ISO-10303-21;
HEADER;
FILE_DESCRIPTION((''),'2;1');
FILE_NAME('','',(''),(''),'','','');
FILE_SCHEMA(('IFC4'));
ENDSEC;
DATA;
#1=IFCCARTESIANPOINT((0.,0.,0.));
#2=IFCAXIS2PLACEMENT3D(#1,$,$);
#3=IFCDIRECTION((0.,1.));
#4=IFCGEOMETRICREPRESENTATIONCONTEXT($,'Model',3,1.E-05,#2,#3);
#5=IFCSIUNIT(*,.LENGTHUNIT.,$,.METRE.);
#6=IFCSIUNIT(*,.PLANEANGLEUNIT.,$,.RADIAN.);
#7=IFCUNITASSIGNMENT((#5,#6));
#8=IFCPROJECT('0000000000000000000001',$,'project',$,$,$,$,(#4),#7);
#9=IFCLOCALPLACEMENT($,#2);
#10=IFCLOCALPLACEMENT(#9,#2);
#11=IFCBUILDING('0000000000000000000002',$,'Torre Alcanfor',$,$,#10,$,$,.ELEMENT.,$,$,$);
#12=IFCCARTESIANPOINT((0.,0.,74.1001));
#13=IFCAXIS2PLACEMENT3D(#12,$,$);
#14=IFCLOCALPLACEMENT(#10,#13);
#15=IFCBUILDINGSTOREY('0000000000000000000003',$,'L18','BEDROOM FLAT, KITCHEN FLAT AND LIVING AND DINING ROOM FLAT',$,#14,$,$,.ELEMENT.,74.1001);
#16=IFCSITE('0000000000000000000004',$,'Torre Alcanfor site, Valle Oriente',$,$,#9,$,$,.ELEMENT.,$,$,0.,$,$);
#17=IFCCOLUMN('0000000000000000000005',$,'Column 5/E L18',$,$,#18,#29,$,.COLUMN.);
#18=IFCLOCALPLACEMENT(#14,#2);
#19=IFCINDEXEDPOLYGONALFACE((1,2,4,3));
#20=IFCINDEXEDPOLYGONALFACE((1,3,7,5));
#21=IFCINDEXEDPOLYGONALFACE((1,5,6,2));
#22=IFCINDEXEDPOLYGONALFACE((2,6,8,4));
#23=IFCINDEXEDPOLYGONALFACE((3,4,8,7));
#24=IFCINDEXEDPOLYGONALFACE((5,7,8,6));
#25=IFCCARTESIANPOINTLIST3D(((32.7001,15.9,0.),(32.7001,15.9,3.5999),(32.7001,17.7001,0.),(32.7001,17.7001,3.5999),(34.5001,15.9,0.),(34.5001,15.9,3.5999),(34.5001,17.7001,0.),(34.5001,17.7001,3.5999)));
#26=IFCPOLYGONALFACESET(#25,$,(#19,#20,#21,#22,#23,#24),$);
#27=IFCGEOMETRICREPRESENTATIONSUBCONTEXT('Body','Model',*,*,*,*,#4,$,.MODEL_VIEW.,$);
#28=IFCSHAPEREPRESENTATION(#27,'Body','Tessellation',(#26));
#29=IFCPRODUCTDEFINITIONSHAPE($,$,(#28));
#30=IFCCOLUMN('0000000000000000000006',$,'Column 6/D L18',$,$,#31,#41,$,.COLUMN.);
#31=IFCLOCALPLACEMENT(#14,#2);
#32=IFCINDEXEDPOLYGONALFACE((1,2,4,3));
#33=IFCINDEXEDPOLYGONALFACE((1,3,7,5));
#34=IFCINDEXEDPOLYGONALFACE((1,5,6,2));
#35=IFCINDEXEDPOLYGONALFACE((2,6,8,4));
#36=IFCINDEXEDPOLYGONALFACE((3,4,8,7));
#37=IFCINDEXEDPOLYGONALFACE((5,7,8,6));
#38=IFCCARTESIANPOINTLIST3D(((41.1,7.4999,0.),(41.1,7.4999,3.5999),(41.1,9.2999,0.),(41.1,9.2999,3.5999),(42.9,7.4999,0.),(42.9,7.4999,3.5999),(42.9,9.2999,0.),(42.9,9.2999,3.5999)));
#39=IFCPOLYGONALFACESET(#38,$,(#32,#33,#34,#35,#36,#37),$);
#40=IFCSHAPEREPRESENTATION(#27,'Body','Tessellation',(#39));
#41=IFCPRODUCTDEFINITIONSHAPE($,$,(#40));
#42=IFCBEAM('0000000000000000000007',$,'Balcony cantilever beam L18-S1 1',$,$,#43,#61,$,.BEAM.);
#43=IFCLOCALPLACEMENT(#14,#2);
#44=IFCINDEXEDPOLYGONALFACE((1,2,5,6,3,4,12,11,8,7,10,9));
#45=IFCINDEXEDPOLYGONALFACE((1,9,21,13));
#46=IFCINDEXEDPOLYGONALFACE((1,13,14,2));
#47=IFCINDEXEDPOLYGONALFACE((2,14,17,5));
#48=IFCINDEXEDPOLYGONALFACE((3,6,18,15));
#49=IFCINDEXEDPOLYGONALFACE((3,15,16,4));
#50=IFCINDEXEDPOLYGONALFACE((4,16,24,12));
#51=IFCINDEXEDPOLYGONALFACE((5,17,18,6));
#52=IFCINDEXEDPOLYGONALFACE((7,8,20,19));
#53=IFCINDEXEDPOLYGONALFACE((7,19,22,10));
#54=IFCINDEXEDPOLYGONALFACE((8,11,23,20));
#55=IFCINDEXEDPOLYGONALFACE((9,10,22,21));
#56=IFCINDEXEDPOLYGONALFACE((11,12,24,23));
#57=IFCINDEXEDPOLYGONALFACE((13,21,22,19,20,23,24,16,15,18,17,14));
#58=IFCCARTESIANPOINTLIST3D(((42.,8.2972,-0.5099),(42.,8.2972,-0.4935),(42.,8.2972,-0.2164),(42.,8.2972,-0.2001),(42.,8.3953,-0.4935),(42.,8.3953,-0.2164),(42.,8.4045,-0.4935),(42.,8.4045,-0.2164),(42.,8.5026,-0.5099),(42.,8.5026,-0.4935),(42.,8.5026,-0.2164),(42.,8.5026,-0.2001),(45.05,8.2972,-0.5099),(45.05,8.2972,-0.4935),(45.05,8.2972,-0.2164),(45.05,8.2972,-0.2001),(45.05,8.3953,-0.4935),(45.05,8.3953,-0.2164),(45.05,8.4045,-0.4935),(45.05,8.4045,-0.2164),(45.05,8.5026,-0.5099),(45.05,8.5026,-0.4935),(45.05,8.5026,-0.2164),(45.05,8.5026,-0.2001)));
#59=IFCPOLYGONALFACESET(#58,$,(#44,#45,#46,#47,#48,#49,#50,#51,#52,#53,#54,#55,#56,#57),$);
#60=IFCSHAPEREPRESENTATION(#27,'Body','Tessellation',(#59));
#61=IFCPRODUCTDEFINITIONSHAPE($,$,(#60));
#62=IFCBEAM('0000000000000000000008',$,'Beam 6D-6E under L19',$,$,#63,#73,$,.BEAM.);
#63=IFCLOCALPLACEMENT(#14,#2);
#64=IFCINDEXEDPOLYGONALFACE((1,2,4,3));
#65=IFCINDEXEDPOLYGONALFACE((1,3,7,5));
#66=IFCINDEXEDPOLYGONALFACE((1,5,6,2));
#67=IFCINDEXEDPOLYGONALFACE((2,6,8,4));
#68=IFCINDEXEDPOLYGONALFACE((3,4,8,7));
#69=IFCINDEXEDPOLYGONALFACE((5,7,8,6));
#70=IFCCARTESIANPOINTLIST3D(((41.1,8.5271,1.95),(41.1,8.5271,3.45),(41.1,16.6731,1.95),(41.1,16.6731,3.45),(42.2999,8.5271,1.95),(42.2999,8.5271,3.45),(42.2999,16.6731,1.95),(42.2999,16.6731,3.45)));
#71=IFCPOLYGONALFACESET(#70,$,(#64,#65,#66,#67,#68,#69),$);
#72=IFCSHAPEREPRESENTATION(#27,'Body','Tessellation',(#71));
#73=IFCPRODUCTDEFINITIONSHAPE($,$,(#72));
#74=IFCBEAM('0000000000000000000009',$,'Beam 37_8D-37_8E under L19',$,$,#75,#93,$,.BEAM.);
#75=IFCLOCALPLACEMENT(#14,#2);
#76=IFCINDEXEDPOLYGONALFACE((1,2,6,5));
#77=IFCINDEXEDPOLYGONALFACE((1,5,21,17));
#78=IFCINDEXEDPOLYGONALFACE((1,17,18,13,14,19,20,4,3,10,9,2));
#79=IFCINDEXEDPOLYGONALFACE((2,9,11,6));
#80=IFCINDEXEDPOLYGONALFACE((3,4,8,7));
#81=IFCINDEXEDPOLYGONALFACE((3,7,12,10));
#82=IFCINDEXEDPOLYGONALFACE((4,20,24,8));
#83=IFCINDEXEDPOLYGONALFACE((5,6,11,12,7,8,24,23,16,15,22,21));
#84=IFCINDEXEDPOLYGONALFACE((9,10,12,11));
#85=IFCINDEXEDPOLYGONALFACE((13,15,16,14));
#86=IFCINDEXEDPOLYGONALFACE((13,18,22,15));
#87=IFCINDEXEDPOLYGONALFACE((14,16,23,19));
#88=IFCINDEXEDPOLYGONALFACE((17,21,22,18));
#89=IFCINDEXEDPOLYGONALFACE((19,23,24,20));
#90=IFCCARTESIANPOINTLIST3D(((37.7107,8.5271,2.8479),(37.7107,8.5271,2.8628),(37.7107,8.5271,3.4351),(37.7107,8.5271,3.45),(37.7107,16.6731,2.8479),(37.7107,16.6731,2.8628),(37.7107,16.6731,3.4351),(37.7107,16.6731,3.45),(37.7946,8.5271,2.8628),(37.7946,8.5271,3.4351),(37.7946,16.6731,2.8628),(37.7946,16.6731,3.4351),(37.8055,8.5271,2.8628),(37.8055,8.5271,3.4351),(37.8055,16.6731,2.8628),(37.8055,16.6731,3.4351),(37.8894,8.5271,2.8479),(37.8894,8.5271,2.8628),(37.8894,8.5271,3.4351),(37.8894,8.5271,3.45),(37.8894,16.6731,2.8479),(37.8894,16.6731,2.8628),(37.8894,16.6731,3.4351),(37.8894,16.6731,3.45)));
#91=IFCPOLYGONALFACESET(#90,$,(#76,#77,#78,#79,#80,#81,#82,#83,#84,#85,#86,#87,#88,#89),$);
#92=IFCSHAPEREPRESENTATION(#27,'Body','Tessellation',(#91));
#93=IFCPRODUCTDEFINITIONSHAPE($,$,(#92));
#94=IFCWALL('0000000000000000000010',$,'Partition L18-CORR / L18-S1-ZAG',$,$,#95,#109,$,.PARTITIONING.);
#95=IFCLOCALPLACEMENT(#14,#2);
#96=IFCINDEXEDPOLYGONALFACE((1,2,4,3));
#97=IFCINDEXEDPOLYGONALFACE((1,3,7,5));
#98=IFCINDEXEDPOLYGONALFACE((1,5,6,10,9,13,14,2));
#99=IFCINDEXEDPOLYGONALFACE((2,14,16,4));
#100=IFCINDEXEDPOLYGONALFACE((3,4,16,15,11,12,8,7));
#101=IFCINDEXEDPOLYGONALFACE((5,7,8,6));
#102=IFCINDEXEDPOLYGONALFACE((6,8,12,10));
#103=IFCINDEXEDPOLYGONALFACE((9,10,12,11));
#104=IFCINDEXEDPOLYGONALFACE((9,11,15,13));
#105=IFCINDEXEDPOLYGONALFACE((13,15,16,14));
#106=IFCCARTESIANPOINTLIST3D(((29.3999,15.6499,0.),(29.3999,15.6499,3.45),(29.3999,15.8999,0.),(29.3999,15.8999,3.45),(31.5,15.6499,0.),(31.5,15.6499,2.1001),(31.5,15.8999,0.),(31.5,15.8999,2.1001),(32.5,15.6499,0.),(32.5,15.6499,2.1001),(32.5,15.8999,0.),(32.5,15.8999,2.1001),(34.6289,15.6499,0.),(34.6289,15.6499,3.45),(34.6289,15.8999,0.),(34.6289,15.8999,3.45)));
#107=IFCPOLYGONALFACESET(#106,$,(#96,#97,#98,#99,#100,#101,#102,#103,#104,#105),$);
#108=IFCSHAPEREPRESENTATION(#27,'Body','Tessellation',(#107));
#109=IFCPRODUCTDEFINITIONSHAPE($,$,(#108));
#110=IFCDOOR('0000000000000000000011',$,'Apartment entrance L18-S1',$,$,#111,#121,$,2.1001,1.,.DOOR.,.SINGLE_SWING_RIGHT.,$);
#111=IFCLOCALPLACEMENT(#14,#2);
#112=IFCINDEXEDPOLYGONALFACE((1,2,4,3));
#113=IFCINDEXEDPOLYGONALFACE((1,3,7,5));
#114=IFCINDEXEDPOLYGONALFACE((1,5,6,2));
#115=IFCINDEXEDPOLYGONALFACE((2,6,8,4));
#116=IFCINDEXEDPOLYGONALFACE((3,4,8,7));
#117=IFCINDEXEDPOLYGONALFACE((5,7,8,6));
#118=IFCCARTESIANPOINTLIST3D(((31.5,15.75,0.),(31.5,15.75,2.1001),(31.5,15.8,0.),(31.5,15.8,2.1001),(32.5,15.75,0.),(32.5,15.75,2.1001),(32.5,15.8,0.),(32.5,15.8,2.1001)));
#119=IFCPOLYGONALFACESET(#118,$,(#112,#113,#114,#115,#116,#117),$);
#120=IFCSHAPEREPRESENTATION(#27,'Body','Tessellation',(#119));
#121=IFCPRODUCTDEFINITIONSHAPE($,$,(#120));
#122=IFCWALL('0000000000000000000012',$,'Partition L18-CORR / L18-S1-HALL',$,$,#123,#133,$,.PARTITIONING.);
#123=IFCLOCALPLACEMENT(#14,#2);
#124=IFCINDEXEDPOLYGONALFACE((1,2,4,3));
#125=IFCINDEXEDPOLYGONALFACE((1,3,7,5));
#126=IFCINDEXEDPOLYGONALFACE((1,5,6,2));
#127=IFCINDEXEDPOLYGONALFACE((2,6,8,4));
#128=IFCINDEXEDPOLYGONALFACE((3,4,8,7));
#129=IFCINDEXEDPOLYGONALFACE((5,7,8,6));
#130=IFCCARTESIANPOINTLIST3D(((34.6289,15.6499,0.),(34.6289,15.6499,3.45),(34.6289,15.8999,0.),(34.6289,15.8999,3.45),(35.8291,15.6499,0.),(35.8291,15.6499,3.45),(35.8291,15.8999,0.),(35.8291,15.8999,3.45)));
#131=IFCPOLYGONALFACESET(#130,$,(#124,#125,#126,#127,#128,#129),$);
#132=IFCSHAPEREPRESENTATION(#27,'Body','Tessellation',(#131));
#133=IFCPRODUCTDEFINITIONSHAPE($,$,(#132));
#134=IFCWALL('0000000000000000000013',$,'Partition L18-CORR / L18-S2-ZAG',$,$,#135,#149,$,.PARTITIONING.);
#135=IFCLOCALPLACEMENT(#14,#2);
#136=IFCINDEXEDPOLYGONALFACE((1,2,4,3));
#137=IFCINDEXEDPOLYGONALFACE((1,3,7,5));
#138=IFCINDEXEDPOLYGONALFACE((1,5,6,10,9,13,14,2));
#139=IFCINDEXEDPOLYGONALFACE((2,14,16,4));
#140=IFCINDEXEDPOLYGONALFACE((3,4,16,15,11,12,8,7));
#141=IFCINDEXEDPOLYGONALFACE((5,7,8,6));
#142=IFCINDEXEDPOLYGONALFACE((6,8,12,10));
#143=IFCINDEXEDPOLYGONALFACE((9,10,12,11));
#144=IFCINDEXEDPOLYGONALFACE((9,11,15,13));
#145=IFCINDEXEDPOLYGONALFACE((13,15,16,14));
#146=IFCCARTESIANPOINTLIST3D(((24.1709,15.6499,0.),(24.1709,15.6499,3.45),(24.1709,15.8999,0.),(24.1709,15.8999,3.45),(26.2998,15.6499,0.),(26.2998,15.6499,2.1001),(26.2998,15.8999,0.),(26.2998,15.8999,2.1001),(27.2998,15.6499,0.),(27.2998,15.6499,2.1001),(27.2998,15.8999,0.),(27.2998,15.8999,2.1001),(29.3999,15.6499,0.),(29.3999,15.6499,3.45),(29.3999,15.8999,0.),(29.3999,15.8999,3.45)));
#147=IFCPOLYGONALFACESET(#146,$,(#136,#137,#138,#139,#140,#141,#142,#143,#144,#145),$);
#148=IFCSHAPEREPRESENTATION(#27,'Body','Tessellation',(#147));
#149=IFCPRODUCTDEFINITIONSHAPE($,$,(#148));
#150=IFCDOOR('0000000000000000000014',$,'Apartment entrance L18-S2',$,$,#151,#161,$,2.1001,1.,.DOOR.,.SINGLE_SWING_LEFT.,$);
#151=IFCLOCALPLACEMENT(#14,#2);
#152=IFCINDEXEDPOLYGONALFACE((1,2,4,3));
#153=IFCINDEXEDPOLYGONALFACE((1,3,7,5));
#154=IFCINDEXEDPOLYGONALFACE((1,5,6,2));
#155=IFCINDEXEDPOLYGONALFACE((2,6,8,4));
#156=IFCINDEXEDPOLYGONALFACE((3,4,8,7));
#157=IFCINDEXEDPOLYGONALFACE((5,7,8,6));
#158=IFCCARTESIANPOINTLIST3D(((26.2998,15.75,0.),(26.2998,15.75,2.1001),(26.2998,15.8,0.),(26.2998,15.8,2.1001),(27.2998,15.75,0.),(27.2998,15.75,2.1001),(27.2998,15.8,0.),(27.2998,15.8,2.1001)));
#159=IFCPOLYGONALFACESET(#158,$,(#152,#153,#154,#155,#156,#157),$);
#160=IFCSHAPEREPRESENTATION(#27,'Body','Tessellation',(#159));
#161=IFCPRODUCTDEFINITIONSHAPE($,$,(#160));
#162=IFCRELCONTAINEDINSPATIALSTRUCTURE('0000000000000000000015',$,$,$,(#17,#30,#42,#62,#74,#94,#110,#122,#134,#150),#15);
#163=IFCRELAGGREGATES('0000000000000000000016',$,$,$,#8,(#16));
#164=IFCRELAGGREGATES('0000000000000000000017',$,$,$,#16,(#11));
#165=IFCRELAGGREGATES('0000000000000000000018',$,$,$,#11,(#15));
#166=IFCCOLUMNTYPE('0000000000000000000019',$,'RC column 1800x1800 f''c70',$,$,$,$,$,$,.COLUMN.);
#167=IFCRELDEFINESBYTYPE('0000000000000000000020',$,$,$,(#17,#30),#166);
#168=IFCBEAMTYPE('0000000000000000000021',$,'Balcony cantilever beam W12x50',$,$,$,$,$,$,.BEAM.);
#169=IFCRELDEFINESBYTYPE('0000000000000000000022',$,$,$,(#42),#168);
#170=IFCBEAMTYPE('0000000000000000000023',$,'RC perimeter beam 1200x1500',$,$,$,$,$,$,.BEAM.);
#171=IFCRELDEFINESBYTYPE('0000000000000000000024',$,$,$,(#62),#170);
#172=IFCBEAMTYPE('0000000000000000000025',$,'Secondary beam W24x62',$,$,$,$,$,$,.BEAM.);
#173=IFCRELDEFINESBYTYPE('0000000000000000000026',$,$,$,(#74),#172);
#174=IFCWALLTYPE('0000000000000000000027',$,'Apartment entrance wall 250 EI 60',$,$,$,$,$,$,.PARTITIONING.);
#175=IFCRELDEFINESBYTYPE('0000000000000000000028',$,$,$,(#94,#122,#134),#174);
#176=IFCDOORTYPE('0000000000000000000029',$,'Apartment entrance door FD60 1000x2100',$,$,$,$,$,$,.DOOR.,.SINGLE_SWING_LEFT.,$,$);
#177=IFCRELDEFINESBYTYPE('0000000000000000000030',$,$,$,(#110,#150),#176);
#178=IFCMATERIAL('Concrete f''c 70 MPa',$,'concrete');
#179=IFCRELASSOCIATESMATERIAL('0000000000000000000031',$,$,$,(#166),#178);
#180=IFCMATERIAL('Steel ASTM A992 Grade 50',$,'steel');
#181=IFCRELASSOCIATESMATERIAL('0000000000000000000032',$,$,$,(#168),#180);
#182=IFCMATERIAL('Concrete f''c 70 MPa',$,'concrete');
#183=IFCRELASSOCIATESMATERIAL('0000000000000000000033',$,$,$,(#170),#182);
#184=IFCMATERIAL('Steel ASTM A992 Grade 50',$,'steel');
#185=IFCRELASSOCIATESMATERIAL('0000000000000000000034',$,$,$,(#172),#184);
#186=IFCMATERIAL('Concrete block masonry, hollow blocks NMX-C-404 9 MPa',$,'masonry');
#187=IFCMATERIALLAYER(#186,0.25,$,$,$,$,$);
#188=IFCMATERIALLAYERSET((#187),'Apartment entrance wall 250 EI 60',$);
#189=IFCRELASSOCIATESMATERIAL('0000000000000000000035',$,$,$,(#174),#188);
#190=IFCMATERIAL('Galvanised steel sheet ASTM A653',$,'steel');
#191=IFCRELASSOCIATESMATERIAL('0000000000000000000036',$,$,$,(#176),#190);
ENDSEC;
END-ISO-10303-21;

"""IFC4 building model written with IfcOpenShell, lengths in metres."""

from ifc_helpers import new_model, si_unit, direction, frame, frame_2d, origin, origin_2d, place, context, subcontext, project, spatial, rectangle, i_section, extrude, material, layer, layer_set, material_profile, profile_set, type_object, element, fill, save


model = new_model("IFC4")

# Units and contexts
model_context = context("Model", 3, precision=1e-05, world=origin(), true_north=direction((0.0, 1.0)))
body_context = subcontext(model_context, "Body", "Model", "MODEL_VIEW")
ifc_project = project(units=[si_unit("LENGTHUNIT", "METRE"), si_unit("PLANEANGLEUNIT", "RADIAN")], contexts=[model_context])

# Site, building, storey
site_placement = place(None, origin())
site = spatial("IfcSite", under=ifc_project, at=site_placement, Name="Torre Alcanfor site, Valle Oriente", CompositionType="ELEMENT", RefElevation=0.0)
building_placement = place(site_placement, origin())
building = spatial("IfcBuilding", under=site, at=building_placement, Name="Torre Alcanfor", CompositionType="ELEMENT")
storey_placement = place(building_placement, frame((0.0, 0.0, 74.1001)))
storey = spatial("IfcBuildingStorey", under=building, at=storey_placement, Name="L18", Description="BEDROOM FLAT, KITCHEN FLAT AND LIVING AND DINING ROOM FLAT", CompositionType="ELEMENT", Elevation=74.1001)

# Columns
ifc_material_1 = material(Name="Concrete f'c 70 MPa", Category="concrete")
ifc_material_profile_1 = material_profile(ifc_material_1, rectangle(XDim=1.8, YDim=1.8, at=origin_2d()), Name="1800x1800")
ifc_profile_set_1 = profile_set([ifc_material_profile_1], Name="Concrete f'c 70 MPa")
column_type = type_object("IfcColumnType", Name="RC column 1800x1800 f'c70", PredefinedType="COLUMN", material=ifc_profile_set_1)
for number, where, z_axis, x_axis, name in (
    (1, (33.6001, 16.8, 0.0), (0.0, 0.0, 1.0), (1.0, 0.0, 0.0), "Column 5/E L18"),
    (2, (42.0, 8.3999, 0.0), (0.0, 0.0, 1.0), (1.0, 0.0, 0.0), "Column 6/D L18"),
):
    element("IfcColumn", number, at=place(storey_placement, frame(where, z_axis=z_axis, x_axis=x_axis)), inside=storey, type_object=column_type, Name=name, PredefinedType="COLUMN", context=body_context, shape_type="SweptSolid", body=[
        extrude(rectangle(XDim=1.8, YDim=1.8, at=origin_2d()), origin(), (0.0, 0.0, 1.0), 3.5999),
    ])

# Beams
ifc_material_2 = material(Name="Steel ASTM A992 Grade 50", Category="steel")
ifc_material_profile_2 = material_profile(ifc_material_2, i_section(OverallWidth=0.2053, OverallDepth=0.3098, WebThickness=0.0093, FlangeThickness=0.0164, at=origin_2d()), Name="W12x50")
ifc_profile_set_2 = profile_set([ifc_material_profile_2], Name="Steel ASTM A992 Grade 50")
beam_type_1 = type_object("IfcBeamType", Name="Balcony cantilever beam W12x50", PredefinedType="BEAM", material=ifc_profile_set_2)
beam_1_placement = place(storey_placement, frame((42.0, 8.3999, -0.355), z_axis=(1.0, 0.0, 0.0), x_axis=(0.0, 1.0, 0.0)))
element("IfcBeam", 3, at=beam_1_placement, inside=storey, type_object=beam_type_1, Name="Balcony cantilever beam L18-S1 1", PredefinedType="BEAM", context=body_context, shape_type="SweptSolid", body=[
    extrude(i_section(OverallWidth=0.2053, OverallDepth=0.3098, WebThickness=0.0093, FlangeThickness=0.0164, at=origin_2d()), origin(), (0.0, 0.0, 1.0), 3.05),
])
ifc_material_3 = material(Name="Concrete f'c 70 MPa", Category="concrete")
ifc_material_profile_3 = material_profile(ifc_material_3, rectangle(XDim=1.2, YDim=1.5, at=origin_2d()), Name="1200x1500")
ifc_profile_set_3 = profile_set([ifc_material_profile_3], Name="Concrete f'c 70 MPa")
beam_type_2 = type_object("IfcBeamType", Name="RC perimeter beam 1200x1500", PredefinedType="BEAM", material=ifc_profile_set_3)
beam_2_placement = place(storey_placement, frame((41.7, 8.5271, 2.7), z_axis=(0.0, 1.0, 0.0), x_axis=(-1.0, 0.0, 0.0)))
element("IfcBeam", 4, at=beam_2_placement, inside=storey, type_object=beam_type_2, Name="Beam 6D-6E under L19", PredefinedType="BEAM", context=body_context, shape_type="SweptSolid", body=[
    extrude(rectangle(XDim=1.2, YDim=1.5, at=origin_2d()), origin(), (0.0, 0.0, 1.0), 8.146),
])
ifc_material_4 = material(Name="Steel ASTM A992 Grade 50", Category="steel")
ifc_material_profile_4 = material_profile(ifc_material_4, i_section(OverallWidth=0.1787, OverallDepth=0.6021, WebThickness=0.011, FlangeThickness=0.0149, at=origin_2d()), Name="W24x62")
ifc_profile_set_4 = profile_set([ifc_material_profile_4], Name="Steel ASTM A992 Grade 50")
beam_type_3 = type_object("IfcBeamType", Name="Secondary beam W24x62", PredefinedType="BEAM", material=ifc_profile_set_4)
beam_3_placement = place(storey_placement, frame((37.8, 8.5271, 3.1489), z_axis=(0.0, 1.0, 0.0), x_axis=(-1.0, 0.0, 0.0)))
element("IfcBeam", 5, at=beam_3_placement, inside=storey, type_object=beam_type_3, Name="Beam 37_8D-37_8E under L19", PredefinedType="BEAM", context=body_context, shape_type="SweptSolid", body=[
    extrude(i_section(OverallWidth=0.1787, OverallDepth=0.6021, WebThickness=0.011, FlangeThickness=0.0149, at=origin_2d()), origin(), (0.0, 0.0, 1.0), 8.146),
])

# Wall, opening, door
ifc_material_5 = material(Name="Concrete block masonry, hollow blocks NMX-C-404 9 MPa", Category="masonry")
ifc_layer_1 = layer(ifc_material_5, 0.25)
ifc_layer_set_1 = layer_set([ifc_layer_1], Name="Apartment entrance wall 250 EI 60")
wall_type_1 = type_object("IfcWallType", Name="Apartment entrance wall 250 EI 60", PredefinedType="PARTITIONING", material=ifc_layer_set_1)
wall_1_placement = place(storey_placement, frame((34.6289, 15.7749, 0.0), z_axis=(0.0, 0.0, 1.0), x_axis=(-1.0, 0.0, 0.0)))
wall_1 = element("IfcWall", 6, at=wall_1_placement, inside=storey, type_object=wall_type_1, Name="Partition L18-CORR / L18-S1-ZAG", PredefinedType="PARTITIONING", context=body_context, shape_type="SweptSolid", body=[
    extrude(rectangle(XDim=5.229, YDim=0.25, at=frame_2d((2.6145, 0.0))), origin(), (0.0, 0.0, 1.0), 3.45),
])
opening_1_placement = place(wall_1_placement, frame((2.1289, 0.0, 0.0)))
opening_1 = element("IfcOpeningElement", 7, at=opening_1_placement, cuts=wall_1, PredefinedType="OPENING", context=body_context, shape_type="SweptSolid", body=[
    extrude(rectangle(XDim=1.0, YDim=2.1001, at=frame_2d((0.5, 1.05))), frame((0.0, 0.135, 0.0), z_axis=(0.0, -1.0, 0.0), x_axis=(1.0, 0.0, 0.0)), (0.0, 0.0, 1.0), 0.27),
])
ifc_material_6 = material(Name="Galvanised steel sheet ASTM A653", Category="steel")
door_type_1 = type_object("IfcDoorType", Name="Apartment entrance door FD60 1000x2100", OperationType="SINGLE_SWING_LEFT", PredefinedType="DOOR", material=ifc_material_6)
door_1_placement = place(opening_1_placement, origin())
door_1 = element("IfcDoor", 8, at=door_1_placement, inside=storey, type_object=door_type_1, Name="Apartment entrance L18-S1", OperationType="SINGLE_SWING_RIGHT", OverallHeight=2.1001, OverallWidth=1.0, PredefinedType="DOOR", context=body_context, shape_type="SweptSolid", body=[
    extrude(rectangle(XDim=1.0, YDim=2.1001, at=frame_2d((0.5, 1.05))), frame((0.0, 0.0249, 0.0), z_axis=(0.0, -1.0, 0.0), x_axis=(1.0, 0.0, 0.0)), (0.0, 0.0, 1.0), 0.05),
])
fill(opening_1, door_1)

# Wall
wall_2_placement = place(storey_placement, frame((35.8291, 15.7749, 0.0), z_axis=(0.0, 0.0, 1.0), x_axis=(-1.0, 0.0, 0.0)))
element("IfcWall", 9, at=wall_2_placement, inside=storey, type_object=wall_type_1, Name="Partition L18-CORR / L18-S1-HALL", PredefinedType="PARTITIONING", context=body_context, shape_type="SweptSolid", body=[
    extrude(rectangle(XDim=1.2002, YDim=0.25, at=frame_2d((0.6001, 0.0))), origin(), (0.0, 0.0, 1.0), 3.45),
])

# Wall, opening, door
wall_3_placement = place(storey_placement, frame((29.3999, 15.7749, 0.0), z_axis=(0.0, 0.0, 1.0), x_axis=(-1.0, 0.0, 0.0)))
wall_3 = element("IfcWall", 10, at=wall_3_placement, inside=storey, type_object=wall_type_1, Name="Partition L18-CORR / L18-S2-ZAG", PredefinedType="PARTITIONING", context=body_context, shape_type="SweptSolid", body=[
    extrude(rectangle(XDim=5.229, YDim=0.25, at=frame_2d((2.6145, 0.0))), origin(), (0.0, 0.0, 1.0), 3.45),
])
opening_2_placement = place(wall_3_placement, frame((2.1001, 0.0, 0.0)))
opening_2 = element("IfcOpeningElement", 11, at=opening_2_placement, cuts=wall_3, PredefinedType="OPENING", context=body_context, shape_type="SweptSolid", body=[
    extrude(rectangle(XDim=1.0, YDim=2.1001, at=frame_2d((0.5, 1.05))), frame((0.0, 0.135, 0.0), z_axis=(0.0, -1.0, 0.0), x_axis=(1.0, 0.0, 0.0)), (0.0, 0.0, 1.0), 0.27),
])
door_2_placement = place(opening_2_placement, origin())
door_2 = element("IfcDoor", 12, at=door_2_placement, inside=storey, type_object=door_type_1, Name="Apartment entrance L18-S2", OperationType="SINGLE_SWING_LEFT", OverallHeight=2.1001, OverallWidth=1.0, PredefinedType="DOOR", context=body_context, shape_type="SweptSolid", body=[
    extrude(rectangle(XDim=1.0, YDim=2.1001, at=frame_2d((0.5, 1.05))), frame((0.0, 0.0249, 0.0), z_axis=(0.0, -1.0, 0.0), x_axis=(1.0, 0.0, 0.0)), (0.0, 0.0, 1.0), 0.05),
])
fill(opening_2, door_2)

save(model, "model.ifc")
